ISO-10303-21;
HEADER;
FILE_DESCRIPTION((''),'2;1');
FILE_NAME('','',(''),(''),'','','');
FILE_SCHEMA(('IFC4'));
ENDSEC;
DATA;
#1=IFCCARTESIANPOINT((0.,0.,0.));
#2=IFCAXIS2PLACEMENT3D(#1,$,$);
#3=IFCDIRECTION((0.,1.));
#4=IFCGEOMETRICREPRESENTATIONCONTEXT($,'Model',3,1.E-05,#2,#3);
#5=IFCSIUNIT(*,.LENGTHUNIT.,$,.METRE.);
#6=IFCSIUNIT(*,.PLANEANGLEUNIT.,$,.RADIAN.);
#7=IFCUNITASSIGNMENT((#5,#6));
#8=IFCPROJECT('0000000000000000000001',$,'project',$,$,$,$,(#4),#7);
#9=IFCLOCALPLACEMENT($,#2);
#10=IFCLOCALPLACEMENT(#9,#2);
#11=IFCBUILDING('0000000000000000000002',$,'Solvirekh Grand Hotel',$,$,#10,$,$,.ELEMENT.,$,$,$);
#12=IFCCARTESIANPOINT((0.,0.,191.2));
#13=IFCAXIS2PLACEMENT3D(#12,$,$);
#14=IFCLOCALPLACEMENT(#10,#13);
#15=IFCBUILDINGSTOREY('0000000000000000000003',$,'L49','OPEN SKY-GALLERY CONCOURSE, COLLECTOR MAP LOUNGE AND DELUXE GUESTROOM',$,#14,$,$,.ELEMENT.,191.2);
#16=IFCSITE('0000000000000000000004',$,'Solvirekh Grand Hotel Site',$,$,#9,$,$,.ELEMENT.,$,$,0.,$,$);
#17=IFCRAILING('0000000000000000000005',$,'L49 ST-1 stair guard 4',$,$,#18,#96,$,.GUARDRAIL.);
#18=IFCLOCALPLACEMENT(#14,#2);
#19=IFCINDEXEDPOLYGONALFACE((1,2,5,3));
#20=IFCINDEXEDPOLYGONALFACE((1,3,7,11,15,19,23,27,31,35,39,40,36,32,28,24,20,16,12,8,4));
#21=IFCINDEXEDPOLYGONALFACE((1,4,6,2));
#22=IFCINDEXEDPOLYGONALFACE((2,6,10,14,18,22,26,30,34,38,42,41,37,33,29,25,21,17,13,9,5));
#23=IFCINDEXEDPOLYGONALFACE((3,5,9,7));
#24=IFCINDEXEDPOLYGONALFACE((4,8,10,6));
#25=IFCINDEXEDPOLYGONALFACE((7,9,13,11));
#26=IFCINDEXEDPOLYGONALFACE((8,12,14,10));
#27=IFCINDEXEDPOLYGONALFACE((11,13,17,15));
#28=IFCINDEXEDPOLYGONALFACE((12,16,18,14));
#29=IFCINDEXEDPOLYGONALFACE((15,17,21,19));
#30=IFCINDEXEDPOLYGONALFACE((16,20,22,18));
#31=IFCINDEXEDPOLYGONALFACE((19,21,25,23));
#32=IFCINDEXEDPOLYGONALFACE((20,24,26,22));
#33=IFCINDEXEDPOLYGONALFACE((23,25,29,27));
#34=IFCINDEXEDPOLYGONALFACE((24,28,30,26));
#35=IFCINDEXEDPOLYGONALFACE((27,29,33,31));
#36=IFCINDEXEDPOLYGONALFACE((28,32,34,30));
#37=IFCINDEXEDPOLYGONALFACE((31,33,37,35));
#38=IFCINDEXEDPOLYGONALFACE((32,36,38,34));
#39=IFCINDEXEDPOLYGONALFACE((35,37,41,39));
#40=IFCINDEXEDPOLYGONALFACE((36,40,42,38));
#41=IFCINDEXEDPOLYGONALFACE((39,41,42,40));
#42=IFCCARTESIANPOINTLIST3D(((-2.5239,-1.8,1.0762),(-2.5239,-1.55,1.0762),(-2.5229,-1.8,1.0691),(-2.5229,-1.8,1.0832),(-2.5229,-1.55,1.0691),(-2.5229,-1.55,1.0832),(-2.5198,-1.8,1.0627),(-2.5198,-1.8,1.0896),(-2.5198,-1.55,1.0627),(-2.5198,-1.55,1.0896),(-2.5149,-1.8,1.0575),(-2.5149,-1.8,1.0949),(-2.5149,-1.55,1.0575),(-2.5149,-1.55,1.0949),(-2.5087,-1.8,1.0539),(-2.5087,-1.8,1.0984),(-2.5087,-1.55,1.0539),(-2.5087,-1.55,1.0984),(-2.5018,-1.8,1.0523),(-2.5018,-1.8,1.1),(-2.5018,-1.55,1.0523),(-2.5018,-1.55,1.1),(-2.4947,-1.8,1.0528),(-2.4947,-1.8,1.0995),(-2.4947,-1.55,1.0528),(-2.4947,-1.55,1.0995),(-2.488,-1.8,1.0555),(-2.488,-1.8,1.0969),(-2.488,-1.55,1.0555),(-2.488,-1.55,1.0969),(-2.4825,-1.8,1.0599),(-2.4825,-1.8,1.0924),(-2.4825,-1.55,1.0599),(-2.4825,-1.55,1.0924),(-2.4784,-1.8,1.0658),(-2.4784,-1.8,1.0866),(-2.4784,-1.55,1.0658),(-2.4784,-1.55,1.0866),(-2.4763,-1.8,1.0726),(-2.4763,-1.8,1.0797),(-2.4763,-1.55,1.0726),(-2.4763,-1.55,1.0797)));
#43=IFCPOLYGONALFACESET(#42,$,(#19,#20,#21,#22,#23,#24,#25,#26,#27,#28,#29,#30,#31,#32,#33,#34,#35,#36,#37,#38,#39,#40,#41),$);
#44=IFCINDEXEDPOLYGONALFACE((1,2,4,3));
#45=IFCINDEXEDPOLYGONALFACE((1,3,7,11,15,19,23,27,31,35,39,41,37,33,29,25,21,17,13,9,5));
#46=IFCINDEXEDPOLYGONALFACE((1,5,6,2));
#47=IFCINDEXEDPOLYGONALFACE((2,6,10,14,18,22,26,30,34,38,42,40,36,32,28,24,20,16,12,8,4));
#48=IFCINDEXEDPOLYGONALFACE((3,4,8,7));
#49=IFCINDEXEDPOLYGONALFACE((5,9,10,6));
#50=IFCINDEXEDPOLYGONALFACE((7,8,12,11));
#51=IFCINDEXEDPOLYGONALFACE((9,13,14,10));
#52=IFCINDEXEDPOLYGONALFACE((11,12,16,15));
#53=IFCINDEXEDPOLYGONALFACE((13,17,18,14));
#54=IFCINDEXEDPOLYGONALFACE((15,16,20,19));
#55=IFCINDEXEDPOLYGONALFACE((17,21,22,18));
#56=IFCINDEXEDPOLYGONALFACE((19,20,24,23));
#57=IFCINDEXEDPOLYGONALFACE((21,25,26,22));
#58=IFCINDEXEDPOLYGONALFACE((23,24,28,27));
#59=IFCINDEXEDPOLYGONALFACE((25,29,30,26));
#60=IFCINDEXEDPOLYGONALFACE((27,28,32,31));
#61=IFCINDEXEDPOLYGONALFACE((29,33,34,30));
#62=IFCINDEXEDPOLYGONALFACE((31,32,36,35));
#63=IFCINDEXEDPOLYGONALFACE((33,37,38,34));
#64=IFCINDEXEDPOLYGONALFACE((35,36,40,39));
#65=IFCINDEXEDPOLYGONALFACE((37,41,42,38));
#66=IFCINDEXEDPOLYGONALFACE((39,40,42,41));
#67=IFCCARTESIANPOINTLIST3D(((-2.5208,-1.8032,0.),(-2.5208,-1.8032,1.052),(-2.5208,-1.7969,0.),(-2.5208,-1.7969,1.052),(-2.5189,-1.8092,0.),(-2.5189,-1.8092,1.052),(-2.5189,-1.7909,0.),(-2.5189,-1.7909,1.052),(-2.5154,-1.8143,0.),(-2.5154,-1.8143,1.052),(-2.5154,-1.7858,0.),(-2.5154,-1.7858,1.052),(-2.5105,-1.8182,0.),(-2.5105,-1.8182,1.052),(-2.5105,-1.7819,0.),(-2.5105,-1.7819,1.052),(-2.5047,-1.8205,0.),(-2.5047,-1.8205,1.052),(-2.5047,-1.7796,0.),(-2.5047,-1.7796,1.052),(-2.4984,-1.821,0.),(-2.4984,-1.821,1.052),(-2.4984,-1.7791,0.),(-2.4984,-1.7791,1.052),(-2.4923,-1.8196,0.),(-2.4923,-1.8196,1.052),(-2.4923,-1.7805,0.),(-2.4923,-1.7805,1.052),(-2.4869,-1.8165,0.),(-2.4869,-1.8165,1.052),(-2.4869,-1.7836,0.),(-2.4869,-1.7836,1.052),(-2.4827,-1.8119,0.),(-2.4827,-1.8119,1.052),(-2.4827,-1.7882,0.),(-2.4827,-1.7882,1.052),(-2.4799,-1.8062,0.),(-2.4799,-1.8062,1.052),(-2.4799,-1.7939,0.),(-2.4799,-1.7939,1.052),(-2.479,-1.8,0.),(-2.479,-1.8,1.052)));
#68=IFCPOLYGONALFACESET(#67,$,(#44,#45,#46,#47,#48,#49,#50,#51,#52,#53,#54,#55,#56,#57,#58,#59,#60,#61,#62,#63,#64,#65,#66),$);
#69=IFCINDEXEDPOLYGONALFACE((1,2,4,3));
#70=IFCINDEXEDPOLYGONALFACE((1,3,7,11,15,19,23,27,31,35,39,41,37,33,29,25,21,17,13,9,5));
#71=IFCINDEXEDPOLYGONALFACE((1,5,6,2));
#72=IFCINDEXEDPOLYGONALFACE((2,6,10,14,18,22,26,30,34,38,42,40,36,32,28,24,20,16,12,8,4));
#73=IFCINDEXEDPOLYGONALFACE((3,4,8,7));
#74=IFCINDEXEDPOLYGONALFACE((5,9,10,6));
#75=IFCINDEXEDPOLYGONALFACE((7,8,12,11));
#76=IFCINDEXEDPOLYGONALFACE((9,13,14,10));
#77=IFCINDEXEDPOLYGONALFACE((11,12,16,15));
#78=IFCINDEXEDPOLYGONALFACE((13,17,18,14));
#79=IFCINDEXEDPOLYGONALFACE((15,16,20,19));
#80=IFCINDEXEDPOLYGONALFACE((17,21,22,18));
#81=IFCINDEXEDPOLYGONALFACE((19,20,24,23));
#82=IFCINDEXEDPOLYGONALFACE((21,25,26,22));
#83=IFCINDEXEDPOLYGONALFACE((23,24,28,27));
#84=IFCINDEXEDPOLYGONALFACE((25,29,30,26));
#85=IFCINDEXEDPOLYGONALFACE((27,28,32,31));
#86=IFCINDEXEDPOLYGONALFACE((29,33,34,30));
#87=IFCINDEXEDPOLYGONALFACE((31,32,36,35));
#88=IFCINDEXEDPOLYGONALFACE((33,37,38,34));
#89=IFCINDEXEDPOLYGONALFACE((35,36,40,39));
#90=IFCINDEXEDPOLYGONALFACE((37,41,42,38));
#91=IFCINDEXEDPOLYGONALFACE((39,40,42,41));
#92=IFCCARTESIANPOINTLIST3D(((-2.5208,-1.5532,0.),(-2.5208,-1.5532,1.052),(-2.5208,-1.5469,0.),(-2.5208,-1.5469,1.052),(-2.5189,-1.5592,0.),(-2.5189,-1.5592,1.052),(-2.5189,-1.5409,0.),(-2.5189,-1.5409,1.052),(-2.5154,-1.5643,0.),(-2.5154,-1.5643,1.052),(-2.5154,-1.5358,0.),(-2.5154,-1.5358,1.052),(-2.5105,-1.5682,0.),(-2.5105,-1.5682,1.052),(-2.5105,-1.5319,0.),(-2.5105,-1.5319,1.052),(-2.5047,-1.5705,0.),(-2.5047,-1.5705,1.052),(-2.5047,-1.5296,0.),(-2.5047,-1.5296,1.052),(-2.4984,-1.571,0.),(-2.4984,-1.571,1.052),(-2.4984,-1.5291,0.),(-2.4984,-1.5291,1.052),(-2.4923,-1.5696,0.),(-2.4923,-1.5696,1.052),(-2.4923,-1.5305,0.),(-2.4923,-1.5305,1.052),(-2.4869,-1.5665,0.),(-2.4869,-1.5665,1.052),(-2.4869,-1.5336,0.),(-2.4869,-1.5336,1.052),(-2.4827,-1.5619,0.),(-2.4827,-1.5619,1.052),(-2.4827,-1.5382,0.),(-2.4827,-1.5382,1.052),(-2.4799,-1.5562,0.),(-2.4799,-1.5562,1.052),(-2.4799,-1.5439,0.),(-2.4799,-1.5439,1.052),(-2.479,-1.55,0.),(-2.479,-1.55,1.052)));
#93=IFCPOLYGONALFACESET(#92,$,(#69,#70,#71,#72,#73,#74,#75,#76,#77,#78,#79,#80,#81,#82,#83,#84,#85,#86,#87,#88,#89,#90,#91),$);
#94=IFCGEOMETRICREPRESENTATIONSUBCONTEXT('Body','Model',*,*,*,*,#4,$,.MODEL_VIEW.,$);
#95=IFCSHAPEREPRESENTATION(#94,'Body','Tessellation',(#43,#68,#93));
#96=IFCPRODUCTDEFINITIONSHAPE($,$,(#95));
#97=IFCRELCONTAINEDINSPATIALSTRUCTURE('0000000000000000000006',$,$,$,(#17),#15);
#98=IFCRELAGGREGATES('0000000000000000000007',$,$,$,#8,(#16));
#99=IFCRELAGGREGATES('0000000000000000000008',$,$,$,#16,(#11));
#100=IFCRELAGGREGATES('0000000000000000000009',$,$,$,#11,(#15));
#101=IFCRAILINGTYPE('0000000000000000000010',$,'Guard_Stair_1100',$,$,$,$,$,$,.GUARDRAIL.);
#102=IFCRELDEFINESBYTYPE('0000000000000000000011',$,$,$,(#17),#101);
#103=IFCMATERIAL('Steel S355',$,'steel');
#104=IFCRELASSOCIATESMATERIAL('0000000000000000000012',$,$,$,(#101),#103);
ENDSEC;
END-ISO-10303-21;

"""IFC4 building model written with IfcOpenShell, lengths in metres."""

from ifc_helpers import new_model, si_unit, direction, frame, origin, origin_2d, place, context, subcontext, project, spatial, circle, extrude, material, type_object, element, save


model = new_model("IFC4")

# Units and contexts
model_context = context("Model", 3, precision=1e-05, world=origin(), true_north=direction((0.0, 1.0)))
body_context = subcontext(model_context, "Body", "Model", "MODEL_VIEW")
ifc_project = project(units=[si_unit("LENGTHUNIT", "METRE"), si_unit("PLANEANGLEUNIT", "RADIAN")], contexts=[model_context])

# Site, building, storey
site_placement = place(None, origin())
site = spatial("IfcSite", under=ifc_project, at=site_placement, Name="Solvirekh Grand Hotel Site", CompositionType="ELEMENT", RefElevation=0.0)
building_placement = place(site_placement, origin())
building = spatial("IfcBuilding", under=site, at=building_placement, Name="Solvirekh Grand Hotel", CompositionType="ELEMENT")
storey_placement = place(building_placement, frame((0.0, 0.0, 191.2)))
storey = spatial("IfcBuildingStorey", under=building, at=storey_placement, Name="L49", Description="OPEN SKY-GALLERY CONCOURSE, COLLECTOR MAP LOUNGE AND DELUXE GUESTROOM", CompositionType="ELEMENT", Elevation=191.2)

# Shared definitions
ifc_material_1 = material(Name="Steel S355", Category="steel")

# Railing
railing_type_1 = type_object("IfcRailingType", Name="Guard_Stair_1100", PredefinedType="GUARDRAIL", material=ifc_material_1)
railing_1_placement = place(storey_placement, frame((-2.5, -1.8, 0.0)))
element("IfcRailing", 1, at=railing_1_placement, inside=storey, type_object=railing_type_1, Name="L49 ST-1 stair guard 4", PredefinedType="GUARDRAIL", context=body_context, shape_type="SweptSolid", body=[
    extrude(circle(Radius=0.0239, at=origin_2d()), frame((0.0, 0.0, 1.0762), z_axis=(0.0, 1.0, 0.0), x_axis=(-1.0, 0.0, 0.0)), (0.0, 0.0, 1.0), 0.25),
    extrude(circle(Radius=0.021, at=origin_2d()), origin(), (0.0, 0.0, 1.0), 1.052),
    extrude(circle(Radius=0.021, at=origin_2d()), frame((0.0, 0.25, 0.0)), (0.0, 0.0, 1.0), 1.052),
])

save(model, "model.ifc")
